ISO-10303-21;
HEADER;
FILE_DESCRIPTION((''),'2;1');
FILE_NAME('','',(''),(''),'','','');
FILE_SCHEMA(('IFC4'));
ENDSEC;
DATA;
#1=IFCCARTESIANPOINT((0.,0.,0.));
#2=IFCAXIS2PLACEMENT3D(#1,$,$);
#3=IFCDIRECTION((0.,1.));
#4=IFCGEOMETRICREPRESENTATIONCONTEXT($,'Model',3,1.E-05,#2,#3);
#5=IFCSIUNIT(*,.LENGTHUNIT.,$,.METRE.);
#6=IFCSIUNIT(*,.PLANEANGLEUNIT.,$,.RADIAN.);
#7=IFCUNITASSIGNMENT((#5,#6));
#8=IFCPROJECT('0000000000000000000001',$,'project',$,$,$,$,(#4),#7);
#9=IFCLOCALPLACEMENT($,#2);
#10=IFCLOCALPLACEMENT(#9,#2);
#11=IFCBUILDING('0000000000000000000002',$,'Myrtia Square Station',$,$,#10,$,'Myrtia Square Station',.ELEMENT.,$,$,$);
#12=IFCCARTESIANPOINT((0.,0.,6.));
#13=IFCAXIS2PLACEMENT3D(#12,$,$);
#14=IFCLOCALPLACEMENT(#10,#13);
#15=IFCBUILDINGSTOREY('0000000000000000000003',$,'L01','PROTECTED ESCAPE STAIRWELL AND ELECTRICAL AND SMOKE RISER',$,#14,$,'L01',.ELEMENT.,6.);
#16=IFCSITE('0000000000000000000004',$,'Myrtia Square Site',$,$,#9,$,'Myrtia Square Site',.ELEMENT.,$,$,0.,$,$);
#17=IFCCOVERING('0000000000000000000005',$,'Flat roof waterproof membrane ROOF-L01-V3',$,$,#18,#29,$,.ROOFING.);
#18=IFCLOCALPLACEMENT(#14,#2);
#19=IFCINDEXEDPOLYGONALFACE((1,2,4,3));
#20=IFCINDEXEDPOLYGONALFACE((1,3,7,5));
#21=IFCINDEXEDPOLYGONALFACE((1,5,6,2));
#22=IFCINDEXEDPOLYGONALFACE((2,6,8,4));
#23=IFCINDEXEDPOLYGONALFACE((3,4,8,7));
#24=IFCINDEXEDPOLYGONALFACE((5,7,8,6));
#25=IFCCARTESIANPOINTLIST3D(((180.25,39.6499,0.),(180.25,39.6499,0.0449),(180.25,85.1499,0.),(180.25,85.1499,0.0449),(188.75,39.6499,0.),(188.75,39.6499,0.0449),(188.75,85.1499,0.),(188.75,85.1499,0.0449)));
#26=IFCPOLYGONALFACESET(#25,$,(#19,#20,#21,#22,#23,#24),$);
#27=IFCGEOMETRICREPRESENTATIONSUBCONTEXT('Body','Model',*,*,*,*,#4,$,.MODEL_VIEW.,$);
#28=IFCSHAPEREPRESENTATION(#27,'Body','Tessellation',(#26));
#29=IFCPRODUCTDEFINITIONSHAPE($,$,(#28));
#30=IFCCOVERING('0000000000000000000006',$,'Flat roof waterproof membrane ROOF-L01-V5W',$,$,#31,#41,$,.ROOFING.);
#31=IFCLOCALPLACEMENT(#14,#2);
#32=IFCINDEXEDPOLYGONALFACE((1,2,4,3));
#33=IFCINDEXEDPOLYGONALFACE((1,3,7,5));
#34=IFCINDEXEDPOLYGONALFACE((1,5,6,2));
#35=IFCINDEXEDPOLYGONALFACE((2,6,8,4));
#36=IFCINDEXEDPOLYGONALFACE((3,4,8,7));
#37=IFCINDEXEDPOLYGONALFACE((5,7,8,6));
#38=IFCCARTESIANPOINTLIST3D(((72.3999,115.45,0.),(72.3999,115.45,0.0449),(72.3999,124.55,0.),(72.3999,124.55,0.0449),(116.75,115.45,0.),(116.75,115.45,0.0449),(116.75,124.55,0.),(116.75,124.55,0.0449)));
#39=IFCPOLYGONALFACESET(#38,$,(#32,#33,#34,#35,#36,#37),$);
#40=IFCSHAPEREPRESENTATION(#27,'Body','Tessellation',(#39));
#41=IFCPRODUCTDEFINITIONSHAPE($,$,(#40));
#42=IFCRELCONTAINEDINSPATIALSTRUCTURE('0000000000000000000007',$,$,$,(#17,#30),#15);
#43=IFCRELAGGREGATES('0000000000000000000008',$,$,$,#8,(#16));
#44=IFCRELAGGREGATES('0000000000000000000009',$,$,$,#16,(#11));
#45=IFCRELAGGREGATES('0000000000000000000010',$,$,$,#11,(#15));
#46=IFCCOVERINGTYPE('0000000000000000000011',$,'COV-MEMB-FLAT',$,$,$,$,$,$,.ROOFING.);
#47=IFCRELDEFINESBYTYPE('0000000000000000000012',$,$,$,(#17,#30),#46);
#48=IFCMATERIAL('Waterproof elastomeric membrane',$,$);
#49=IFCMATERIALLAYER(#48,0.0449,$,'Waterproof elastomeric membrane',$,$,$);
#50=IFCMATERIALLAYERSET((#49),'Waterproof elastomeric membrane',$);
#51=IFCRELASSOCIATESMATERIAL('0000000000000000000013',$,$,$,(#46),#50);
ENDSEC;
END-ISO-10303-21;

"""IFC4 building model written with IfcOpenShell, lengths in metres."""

from ifc_helpers import new_model, si_unit, direction, frame, origin, place, context, subcontext, project, spatial, polyline, outline, extrude, material, layer, layer_set, type_object, element, save


model = new_model("IFC4")

# Units and contexts
model_context = context("Model", 3, precision=1e-05, world=origin(), true_north=direction((0.0, 1.0)))
body_context = subcontext(model_context, "Body", "Model", "MODEL_VIEW")
ifc_project = project(units=[si_unit("LENGTHUNIT", "METRE"), si_unit("PLANEANGLEUNIT", "RADIAN")], contexts=[model_context])

# Site, building, storey
site_placement = place(None, origin())
site = spatial("IfcSite", under=ifc_project, at=site_placement, Name="Myrtia Square Site", LongName="Myrtia Square Site", CompositionType="ELEMENT", RefElevation=0.0)
building_placement = place(site_placement, origin())
building = spatial("IfcBuilding", under=site, at=building_placement, Name="Myrtia Square Station", LongName="Myrtia Square Station", CompositionType="ELEMENT")
storey_placement = place(building_placement, frame((0.0, 0.0, 6.0)))
storey = spatial("IfcBuildingStorey", under=building, at=storey_placement, Name="L01", Description="PROTECTED ESCAPE STAIRWELL AND ELECTRICAL AND SMOKE RISER", LongName="L01", CompositionType="ELEMENT", Elevation=6.0)

# Coverings
ifc_material_1 = material(Name="Waterproof elastomeric membrane")
ifc_layer_1 = layer(ifc_material_1, 0.0449, Name="Waterproof elastomeric membrane")
ifc_layer_set_1 = layer_set([ifc_layer_1], Name="Waterproof elastomeric membrane")
covering_type_1 = type_object("IfcCoveringType", Name="COV-MEMB-FLAT", PredefinedType="ROOFING", material=ifc_layer_set_1)
covering_1_placement = place(storey_placement, origin())
element("IfcCovering", 1, at=covering_1_placement, inside=storey, type_object=covering_type_1, Name="Flat roof waterproof membrane ROOF-L01-V3", PredefinedType="ROOFING", context=body_context, shape_type="SweptSolid", body=[
    extrude(outline(polyline([(180.25, 39.6499), (188.75, 39.6499), (188.75, 85.1499), (180.25, 85.1499), (180.25, 39.6499)])), origin(), (0.0, 0.0, 1.0), 0.0449),
])
covering_2_placement = place(storey_placement, origin())
element("IfcCovering", 2, at=covering_2_placement, inside=storey, type_object=covering_type_1, Name="Flat roof waterproof membrane ROOF-L01-V5W", PredefinedType="ROOFING", context=body_context, shape_type="SweptSolid", body=[
    extrude(outline(polyline([(72.3999, 115.45), (116.75, 115.45), (116.75, 124.55), (72.3999, 124.55), (72.3999, 115.45)])), origin(), (0.0, 0.0, 1.0), 0.0449),
])

save(model, "model.ifc")
